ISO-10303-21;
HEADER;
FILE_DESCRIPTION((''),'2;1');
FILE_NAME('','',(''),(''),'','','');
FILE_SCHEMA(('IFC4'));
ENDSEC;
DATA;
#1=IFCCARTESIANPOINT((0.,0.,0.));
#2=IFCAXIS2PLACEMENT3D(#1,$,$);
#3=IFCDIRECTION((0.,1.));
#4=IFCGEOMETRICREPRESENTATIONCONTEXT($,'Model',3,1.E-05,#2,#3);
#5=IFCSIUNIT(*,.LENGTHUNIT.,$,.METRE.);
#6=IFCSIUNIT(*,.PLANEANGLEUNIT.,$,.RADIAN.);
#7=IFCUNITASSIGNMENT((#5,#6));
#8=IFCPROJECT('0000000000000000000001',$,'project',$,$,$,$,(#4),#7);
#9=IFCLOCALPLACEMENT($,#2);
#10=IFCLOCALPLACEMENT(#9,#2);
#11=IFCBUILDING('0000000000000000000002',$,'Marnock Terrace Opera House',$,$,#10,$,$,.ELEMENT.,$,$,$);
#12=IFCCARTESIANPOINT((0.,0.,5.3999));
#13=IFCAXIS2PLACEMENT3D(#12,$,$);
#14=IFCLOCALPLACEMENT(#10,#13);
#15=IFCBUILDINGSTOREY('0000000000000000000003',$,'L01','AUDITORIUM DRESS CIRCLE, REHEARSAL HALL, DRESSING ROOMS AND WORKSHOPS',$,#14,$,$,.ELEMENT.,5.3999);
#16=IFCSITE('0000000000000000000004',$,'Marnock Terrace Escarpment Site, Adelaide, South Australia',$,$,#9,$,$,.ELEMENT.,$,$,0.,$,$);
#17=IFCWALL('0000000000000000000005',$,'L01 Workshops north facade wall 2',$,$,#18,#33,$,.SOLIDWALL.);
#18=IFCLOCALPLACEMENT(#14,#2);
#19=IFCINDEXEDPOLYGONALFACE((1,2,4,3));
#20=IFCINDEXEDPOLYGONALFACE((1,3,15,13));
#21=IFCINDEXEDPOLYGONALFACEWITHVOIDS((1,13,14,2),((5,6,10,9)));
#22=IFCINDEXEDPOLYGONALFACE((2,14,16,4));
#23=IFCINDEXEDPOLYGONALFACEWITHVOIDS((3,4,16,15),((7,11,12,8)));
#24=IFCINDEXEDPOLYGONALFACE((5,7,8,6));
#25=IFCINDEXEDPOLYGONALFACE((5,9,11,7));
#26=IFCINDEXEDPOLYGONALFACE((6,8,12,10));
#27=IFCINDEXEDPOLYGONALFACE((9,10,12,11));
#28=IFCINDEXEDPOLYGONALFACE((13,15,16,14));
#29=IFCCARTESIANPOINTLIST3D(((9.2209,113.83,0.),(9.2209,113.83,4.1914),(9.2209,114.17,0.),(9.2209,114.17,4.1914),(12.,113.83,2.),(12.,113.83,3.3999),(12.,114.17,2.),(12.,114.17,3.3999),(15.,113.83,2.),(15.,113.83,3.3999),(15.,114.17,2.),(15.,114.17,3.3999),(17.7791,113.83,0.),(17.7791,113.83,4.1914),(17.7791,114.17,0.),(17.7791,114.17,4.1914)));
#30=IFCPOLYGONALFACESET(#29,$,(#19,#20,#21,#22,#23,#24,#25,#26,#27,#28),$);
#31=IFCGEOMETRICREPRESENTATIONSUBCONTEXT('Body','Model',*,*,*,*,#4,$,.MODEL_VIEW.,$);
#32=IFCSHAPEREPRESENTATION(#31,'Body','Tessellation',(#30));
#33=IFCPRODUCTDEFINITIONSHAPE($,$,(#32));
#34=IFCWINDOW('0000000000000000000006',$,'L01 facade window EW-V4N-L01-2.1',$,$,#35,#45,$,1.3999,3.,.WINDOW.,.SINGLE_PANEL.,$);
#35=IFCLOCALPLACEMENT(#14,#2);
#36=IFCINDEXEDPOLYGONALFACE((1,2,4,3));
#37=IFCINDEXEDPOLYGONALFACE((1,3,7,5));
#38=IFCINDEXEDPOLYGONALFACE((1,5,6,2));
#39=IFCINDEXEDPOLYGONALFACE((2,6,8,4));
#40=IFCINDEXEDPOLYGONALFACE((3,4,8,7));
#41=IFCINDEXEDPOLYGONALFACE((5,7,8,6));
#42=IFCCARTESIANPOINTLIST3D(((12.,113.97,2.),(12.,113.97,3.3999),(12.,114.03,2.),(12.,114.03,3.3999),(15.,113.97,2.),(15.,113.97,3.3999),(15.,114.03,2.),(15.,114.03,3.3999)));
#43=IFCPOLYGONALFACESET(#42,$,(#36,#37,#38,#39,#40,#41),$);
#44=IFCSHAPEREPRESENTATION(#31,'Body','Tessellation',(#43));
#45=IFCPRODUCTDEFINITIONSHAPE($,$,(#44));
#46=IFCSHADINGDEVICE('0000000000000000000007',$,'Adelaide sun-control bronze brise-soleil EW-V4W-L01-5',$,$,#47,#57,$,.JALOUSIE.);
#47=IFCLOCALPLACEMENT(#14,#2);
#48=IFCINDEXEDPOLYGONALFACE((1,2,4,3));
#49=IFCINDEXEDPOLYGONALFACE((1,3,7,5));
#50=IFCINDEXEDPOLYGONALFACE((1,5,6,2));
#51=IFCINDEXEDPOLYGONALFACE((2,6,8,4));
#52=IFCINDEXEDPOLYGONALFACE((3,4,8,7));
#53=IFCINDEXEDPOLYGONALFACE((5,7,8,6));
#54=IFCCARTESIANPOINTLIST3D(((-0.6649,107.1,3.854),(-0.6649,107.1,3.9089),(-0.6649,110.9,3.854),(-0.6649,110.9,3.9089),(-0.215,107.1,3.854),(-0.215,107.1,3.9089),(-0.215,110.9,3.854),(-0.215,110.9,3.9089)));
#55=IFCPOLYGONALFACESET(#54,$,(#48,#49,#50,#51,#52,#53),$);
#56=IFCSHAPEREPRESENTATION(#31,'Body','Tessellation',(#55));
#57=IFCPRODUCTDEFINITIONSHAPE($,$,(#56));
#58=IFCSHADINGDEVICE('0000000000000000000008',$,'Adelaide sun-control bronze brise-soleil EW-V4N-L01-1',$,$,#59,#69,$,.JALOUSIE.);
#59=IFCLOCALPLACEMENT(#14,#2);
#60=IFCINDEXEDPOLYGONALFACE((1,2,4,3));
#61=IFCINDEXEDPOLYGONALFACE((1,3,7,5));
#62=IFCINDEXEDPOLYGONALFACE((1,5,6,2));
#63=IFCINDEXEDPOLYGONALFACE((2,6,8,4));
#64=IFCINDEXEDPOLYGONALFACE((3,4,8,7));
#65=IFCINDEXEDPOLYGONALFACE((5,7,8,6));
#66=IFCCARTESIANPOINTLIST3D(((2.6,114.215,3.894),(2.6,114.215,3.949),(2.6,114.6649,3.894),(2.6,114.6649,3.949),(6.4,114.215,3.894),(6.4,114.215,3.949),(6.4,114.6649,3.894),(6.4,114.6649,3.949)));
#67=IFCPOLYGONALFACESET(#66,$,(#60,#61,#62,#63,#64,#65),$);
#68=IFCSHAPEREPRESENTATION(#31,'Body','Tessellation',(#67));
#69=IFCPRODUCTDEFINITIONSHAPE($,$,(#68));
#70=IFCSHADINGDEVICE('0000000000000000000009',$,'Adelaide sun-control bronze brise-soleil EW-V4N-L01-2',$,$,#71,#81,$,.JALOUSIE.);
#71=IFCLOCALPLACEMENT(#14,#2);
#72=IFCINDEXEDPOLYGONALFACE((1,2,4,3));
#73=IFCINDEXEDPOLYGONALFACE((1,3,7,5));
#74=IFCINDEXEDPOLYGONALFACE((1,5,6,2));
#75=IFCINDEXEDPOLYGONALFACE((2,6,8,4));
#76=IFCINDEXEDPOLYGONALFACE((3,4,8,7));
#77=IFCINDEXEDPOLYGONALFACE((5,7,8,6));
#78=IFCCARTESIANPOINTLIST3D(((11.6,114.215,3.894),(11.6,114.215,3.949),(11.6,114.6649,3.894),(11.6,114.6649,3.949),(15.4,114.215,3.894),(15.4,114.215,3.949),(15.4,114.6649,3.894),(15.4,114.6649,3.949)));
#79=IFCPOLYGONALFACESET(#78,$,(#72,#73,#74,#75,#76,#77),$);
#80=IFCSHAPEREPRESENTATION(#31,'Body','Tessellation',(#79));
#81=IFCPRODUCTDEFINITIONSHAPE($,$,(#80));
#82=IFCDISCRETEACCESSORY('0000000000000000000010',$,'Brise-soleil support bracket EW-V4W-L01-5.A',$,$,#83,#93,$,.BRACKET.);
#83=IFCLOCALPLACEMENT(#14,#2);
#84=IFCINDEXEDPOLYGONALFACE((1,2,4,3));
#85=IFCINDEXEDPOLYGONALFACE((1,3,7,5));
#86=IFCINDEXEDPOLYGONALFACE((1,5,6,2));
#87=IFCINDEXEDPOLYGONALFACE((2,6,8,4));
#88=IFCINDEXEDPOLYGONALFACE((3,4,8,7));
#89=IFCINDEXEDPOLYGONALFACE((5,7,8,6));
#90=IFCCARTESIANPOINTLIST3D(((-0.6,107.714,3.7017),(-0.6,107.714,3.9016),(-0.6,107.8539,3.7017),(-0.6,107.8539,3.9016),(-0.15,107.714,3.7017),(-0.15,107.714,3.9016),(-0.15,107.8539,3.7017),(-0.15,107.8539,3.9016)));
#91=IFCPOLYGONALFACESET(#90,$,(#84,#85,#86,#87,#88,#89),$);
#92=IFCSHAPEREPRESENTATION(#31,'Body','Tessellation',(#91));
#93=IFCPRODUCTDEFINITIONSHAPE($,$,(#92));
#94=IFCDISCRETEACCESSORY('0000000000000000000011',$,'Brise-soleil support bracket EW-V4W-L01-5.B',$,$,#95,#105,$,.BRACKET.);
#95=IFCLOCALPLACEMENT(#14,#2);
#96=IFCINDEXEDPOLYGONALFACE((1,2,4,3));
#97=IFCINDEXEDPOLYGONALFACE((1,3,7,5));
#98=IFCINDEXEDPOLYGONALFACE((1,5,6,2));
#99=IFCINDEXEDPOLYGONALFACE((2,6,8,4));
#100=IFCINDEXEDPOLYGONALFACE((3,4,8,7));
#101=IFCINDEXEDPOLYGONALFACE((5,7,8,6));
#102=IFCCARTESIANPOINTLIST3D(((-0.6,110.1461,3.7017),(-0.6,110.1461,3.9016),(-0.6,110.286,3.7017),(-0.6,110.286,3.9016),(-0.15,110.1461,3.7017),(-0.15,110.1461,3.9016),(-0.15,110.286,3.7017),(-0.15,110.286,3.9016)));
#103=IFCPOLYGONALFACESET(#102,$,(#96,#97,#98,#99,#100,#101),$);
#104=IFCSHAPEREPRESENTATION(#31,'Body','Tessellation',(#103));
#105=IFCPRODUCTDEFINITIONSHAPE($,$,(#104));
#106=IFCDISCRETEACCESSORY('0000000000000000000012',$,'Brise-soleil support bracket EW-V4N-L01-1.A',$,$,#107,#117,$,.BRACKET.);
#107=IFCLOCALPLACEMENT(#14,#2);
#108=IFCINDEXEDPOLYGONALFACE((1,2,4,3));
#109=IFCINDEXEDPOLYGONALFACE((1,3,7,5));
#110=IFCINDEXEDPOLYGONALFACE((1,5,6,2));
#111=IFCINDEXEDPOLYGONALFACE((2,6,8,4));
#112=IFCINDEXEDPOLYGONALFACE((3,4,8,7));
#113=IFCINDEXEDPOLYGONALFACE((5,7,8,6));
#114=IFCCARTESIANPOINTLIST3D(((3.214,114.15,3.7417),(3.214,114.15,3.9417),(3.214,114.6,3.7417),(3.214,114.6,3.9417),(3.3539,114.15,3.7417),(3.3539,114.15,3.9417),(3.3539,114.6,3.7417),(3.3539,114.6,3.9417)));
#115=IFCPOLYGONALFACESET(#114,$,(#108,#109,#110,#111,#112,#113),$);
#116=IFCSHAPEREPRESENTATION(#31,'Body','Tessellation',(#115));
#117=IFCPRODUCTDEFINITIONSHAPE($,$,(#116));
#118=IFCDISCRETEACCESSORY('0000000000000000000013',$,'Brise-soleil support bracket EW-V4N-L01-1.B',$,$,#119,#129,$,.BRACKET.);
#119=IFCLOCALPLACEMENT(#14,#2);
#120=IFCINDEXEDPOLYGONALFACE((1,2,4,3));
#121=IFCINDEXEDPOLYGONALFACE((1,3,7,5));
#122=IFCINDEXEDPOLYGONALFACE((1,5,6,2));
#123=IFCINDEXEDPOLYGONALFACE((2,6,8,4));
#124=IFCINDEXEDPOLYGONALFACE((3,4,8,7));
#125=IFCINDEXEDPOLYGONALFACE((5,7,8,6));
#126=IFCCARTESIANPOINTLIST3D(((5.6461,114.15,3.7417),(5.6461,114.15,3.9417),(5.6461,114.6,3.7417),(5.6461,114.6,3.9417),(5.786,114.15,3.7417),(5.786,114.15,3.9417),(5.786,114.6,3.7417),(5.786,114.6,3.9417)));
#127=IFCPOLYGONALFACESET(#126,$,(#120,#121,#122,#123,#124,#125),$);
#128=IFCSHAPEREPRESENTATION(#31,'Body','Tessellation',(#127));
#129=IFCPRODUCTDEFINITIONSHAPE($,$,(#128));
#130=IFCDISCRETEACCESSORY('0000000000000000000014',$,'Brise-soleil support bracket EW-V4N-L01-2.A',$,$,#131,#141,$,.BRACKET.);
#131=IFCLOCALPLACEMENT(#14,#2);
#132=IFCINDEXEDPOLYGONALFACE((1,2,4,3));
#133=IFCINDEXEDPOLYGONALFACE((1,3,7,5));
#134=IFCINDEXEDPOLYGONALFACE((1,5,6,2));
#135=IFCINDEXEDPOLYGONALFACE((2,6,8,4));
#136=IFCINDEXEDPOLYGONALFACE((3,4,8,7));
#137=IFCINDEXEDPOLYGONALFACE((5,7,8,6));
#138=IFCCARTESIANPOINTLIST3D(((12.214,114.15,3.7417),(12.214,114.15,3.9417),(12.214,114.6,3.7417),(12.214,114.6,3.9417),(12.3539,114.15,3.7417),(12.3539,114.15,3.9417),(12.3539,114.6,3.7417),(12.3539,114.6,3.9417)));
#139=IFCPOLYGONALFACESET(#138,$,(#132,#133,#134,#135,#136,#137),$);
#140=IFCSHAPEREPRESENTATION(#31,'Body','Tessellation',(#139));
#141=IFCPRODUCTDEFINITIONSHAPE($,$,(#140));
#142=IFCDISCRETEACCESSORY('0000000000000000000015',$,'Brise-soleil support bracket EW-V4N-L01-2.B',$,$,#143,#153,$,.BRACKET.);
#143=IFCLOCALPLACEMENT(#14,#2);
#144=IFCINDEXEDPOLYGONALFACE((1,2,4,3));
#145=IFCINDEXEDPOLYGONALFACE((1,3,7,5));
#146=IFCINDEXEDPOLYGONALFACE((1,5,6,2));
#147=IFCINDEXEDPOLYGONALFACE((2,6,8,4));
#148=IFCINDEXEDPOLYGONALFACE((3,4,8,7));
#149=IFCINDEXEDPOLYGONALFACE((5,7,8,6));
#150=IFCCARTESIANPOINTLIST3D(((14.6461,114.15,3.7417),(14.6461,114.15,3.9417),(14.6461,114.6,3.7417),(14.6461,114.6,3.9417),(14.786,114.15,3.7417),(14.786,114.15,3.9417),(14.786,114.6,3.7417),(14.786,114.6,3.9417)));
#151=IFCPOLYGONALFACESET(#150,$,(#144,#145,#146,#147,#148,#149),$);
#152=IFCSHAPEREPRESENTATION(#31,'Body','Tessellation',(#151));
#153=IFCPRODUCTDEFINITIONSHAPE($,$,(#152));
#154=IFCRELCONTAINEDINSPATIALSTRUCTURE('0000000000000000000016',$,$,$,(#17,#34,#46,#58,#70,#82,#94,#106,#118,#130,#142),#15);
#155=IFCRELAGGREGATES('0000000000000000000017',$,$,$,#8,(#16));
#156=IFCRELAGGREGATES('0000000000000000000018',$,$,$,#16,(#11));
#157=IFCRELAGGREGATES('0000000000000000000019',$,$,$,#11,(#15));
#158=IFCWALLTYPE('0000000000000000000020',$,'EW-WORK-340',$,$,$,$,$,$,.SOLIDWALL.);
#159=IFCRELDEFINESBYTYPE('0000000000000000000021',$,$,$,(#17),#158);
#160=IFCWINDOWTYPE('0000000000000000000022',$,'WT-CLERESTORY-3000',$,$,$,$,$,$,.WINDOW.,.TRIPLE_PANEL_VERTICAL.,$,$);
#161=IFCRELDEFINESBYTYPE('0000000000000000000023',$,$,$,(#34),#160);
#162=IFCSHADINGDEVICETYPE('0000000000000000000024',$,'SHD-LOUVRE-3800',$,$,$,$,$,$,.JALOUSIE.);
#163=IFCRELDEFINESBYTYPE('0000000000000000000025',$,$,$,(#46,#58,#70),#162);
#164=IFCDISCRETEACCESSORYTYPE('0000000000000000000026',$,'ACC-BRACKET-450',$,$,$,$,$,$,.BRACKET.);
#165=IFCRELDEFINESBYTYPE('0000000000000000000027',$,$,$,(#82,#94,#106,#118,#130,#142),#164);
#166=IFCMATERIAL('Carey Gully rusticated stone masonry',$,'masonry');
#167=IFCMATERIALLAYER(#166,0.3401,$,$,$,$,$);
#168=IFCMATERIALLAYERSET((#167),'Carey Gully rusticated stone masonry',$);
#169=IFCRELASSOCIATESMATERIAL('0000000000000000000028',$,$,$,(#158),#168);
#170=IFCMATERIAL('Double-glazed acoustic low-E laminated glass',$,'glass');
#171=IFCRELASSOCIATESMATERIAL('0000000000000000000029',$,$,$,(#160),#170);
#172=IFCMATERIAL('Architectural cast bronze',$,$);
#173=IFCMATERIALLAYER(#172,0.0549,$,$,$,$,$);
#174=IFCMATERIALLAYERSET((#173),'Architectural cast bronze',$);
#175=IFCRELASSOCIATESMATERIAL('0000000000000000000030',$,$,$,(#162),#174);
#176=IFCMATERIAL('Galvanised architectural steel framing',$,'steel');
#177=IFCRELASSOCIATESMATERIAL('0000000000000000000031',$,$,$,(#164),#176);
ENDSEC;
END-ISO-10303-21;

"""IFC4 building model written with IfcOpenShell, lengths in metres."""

from ifc_helpers import new_model, si_unit, direction, frame, frame_2d, origin, origin_2d, place, context, subcontext, project, spatial, rectangle, extrude, material, layer, layer_set, type_object, element, fill, save


model = new_model("IFC4")

# Units and contexts
model_context = context("Model", 3, precision=1e-05, world=origin(), true_north=direction((0.0, 1.0)))
body_context = subcontext(model_context, "Body", "Model", "MODEL_VIEW")
ifc_project = project(units=[si_unit("LENGTHUNIT", "METRE"), si_unit("PLANEANGLEUNIT", "RADIAN")], contexts=[model_context])

# Site, building, storey
site_placement = place(None, origin())
site = spatial("IfcSite", under=ifc_project, at=site_placement, Name="Marnock Terrace Escarpment Site, Adelaide, South Australia", CompositionType="ELEMENT", RefElevation=0.0)
building_placement = place(site_placement, origin())
building = spatial("IfcBuilding", under=site, at=building_placement, Name="Marnock Terrace Opera House", CompositionType="ELEMENT")
storey_placement = place(building_placement, frame((0.0, 0.0, 5.3999)))
storey = spatial("IfcBuildingStorey", under=building, at=storey_placement, Name="L01", Description="AUDITORIUM DRESS CIRCLE, REHEARSAL HALL, DRESSING ROOMS AND WORKSHOPS", CompositionType="ELEMENT", Elevation=5.3999)

# Wall, opening, window
ifc_material_1 = material(Name="Carey Gully rusticated stone masonry", Category="masonry")
ifc_layer_1 = layer(ifc_material_1, 0.3401)
ifc_layer_set_1 = layer_set([ifc_layer_1], Name="Carey Gully rusticated stone masonry")
wall_type = type_object("IfcWallType", Name="EW-WORK-340", PredefinedType="SOLIDWALL", material=ifc_layer_set_1)
ifc_material_2 = material(Name="Double-glazed acoustic low-E laminated glass", Category="glass")
window_type_1 = type_object("IfcWindowType", Name="WT-CLERESTORY-3000", PartitioningType="TRIPLE_PANEL_VERTICAL", PredefinedType="WINDOW", material=ifc_material_2)
wall_1_placement = place(storey_placement, frame((9.2209, 114.0, 0.0), z_axis=(0.0, 0.0, 1.0), x_axis=(1.0, 0.0, 0.0)))
wall_1 = element("IfcWall", 1, at=wall_1_placement, inside=storey, type_object=wall_type, Name="L01 Workshops north facade wall 2", PredefinedType="SOLIDWALL", context=body_context, shape_type="SweptSolid", body=[
    extrude(rectangle(XDim=8.5581, YDim=0.3401, at=frame_2d((4.2791, 0.0))), origin(), (0.0, 0.0, 1.0), 4.1914),
])
opening_1_placement = place(wall_1_placement, frame((2.7791, 0.0, 2.0)))
opening_1 = element("IfcOpeningElement", 2, at=opening_1_placement, cuts=wall_1, PredefinedType="OPENING", context=body_context, shape_type="SweptSolid", body=[
    extrude(rectangle(XDim=3.0, YDim=1.3999, at=frame_2d((1.5, 0.7))), frame((0.0, 0.1799, 0.0), z_axis=(0.0, -1.0, 0.0), x_axis=(1.0, 0.0, 0.0)), (0.0, 0.0, 1.0), 0.3601),
])
window_1_placement = place(opening_1_placement, origin())
window_1 = element("IfcWindow", 3, at=window_1_placement, inside=storey, type_object=window_type_1, Name="L01 facade window EW-V4N-L01-2.1", OverallHeight=1.3999, OverallWidth=3.0, PartitioningType="SINGLE_PANEL", PredefinedType="WINDOW", context=body_context, shape_type="SweptSolid", body=[
    extrude(rectangle(XDim=3.0, YDim=1.3999, at=frame_2d((1.5, 0.7))), frame((0.0, 0.03, 0.0), z_axis=(0.0, -1.0, 0.0), x_axis=(1.0, 0.0, 0.0)), (0.0, 0.0, 1.0), 0.0601),
])
fill(opening_1, window_1)

# Shading devices
ifc_material_3 = material(Name="Architectural cast bronze")
ifc_layer_2 = layer(ifc_material_3, 0.0549)
ifc_layer_set_2 = layer_set([ifc_layer_2], Name="Architectural cast bronze")
shading_device_type = type_object("IfcShadingDeviceType", Name="SHD-LOUVRE-3800", PredefinedType="JALOUSIE", material=ifc_layer_set_2)
for number, where, z_axis, x_axis, name in (
    (4, (-0.4399, 109.0, 3.854), (0.0, 0.0, 1.0), (0.0, 1.0, 0.0), "Adelaide sun-control bronze brise-soleil EW-V4W-L01-5"),
    (5, (4.5, 114.4399, 3.894), (0.0, 0.0, 1.0), (1.0, 0.0, 0.0), "Adelaide sun-control bronze brise-soleil EW-V4N-L01-1"),
    (6, (13.5, 114.4399, 3.894), (0.0, 0.0, 1.0), (1.0, 0.0, 0.0), "Adelaide sun-control bronze brise-soleil EW-V4N-L01-2"),
):
    element("IfcShadingDevice", number, at=place(storey_placement, frame(where, z_axis=z_axis, x_axis=x_axis)), inside=storey, type_object=shading_device_type, Name=name, PredefinedType="JALOUSIE", context=body_context, shape_type="SweptSolid", body=[
        extrude(rectangle(XDim=3.8, YDim=0.45, at=origin_2d()), origin(), (0.0, 0.0, 1.0), 0.0549),
    ])

# Discrete accessories
ifc_material_4 = material(Name="Galvanised architectural steel framing", Category="steel")
discrete_accessory_type = type_object("IfcDiscreteAccessoryType", Name="ACC-BRACKET-450", PredefinedType="BRACKET", material=ifc_material_4)
for number, where, z_axis, x_axis, name in (
    (7, (-0.375, 107.7839, 3.7017), (0.0, 0.0, 1.0), (0.0, 1.0, 0.0), "Brise-soleil support bracket EW-V4W-L01-5.A"),
    (8, (-0.375, 110.2161, 3.7017), (0.0, 0.0, 1.0), (0.0, 1.0, 0.0), "Brise-soleil support bracket EW-V4W-L01-5.B"),
    (9, (3.2839, 114.375, 3.7417), (0.0, 0.0, 1.0), (1.0, 0.0, 0.0), "Brise-soleil support bracket EW-V4N-L01-1.A"),
    (10, (5.7161, 114.375, 3.7417), (0.0, 0.0, 1.0), (1.0, 0.0, 0.0), "Brise-soleil support bracket EW-V4N-L01-1.B"),
    (11, (12.2839, 114.375, 3.7417), (0.0, 0.0, 1.0), (1.0, 0.0, 0.0), "Brise-soleil support bracket EW-V4N-L01-2.A"),
    (12, (14.7161, 114.375, 3.7417), (0.0, 0.0, 1.0), (1.0, 0.0, 0.0), "Brise-soleil support bracket EW-V4N-L01-2.B"),
):
    element("IfcDiscreteAccessory", number, at=place(storey_placement, frame(where, z_axis=z_axis, x_axis=x_axis)), inside=storey, type_object=discrete_accessory_type, Name=name, PredefinedType="BRACKET", context=body_context, shape_type="SweptSolid", body=[
        extrude(rectangle(XDim=0.1399, YDim=0.45, at=origin_2d()), origin(), (0.0, 0.0, 1.0), 0.2),
    ])

save(model, "model.ifc")
